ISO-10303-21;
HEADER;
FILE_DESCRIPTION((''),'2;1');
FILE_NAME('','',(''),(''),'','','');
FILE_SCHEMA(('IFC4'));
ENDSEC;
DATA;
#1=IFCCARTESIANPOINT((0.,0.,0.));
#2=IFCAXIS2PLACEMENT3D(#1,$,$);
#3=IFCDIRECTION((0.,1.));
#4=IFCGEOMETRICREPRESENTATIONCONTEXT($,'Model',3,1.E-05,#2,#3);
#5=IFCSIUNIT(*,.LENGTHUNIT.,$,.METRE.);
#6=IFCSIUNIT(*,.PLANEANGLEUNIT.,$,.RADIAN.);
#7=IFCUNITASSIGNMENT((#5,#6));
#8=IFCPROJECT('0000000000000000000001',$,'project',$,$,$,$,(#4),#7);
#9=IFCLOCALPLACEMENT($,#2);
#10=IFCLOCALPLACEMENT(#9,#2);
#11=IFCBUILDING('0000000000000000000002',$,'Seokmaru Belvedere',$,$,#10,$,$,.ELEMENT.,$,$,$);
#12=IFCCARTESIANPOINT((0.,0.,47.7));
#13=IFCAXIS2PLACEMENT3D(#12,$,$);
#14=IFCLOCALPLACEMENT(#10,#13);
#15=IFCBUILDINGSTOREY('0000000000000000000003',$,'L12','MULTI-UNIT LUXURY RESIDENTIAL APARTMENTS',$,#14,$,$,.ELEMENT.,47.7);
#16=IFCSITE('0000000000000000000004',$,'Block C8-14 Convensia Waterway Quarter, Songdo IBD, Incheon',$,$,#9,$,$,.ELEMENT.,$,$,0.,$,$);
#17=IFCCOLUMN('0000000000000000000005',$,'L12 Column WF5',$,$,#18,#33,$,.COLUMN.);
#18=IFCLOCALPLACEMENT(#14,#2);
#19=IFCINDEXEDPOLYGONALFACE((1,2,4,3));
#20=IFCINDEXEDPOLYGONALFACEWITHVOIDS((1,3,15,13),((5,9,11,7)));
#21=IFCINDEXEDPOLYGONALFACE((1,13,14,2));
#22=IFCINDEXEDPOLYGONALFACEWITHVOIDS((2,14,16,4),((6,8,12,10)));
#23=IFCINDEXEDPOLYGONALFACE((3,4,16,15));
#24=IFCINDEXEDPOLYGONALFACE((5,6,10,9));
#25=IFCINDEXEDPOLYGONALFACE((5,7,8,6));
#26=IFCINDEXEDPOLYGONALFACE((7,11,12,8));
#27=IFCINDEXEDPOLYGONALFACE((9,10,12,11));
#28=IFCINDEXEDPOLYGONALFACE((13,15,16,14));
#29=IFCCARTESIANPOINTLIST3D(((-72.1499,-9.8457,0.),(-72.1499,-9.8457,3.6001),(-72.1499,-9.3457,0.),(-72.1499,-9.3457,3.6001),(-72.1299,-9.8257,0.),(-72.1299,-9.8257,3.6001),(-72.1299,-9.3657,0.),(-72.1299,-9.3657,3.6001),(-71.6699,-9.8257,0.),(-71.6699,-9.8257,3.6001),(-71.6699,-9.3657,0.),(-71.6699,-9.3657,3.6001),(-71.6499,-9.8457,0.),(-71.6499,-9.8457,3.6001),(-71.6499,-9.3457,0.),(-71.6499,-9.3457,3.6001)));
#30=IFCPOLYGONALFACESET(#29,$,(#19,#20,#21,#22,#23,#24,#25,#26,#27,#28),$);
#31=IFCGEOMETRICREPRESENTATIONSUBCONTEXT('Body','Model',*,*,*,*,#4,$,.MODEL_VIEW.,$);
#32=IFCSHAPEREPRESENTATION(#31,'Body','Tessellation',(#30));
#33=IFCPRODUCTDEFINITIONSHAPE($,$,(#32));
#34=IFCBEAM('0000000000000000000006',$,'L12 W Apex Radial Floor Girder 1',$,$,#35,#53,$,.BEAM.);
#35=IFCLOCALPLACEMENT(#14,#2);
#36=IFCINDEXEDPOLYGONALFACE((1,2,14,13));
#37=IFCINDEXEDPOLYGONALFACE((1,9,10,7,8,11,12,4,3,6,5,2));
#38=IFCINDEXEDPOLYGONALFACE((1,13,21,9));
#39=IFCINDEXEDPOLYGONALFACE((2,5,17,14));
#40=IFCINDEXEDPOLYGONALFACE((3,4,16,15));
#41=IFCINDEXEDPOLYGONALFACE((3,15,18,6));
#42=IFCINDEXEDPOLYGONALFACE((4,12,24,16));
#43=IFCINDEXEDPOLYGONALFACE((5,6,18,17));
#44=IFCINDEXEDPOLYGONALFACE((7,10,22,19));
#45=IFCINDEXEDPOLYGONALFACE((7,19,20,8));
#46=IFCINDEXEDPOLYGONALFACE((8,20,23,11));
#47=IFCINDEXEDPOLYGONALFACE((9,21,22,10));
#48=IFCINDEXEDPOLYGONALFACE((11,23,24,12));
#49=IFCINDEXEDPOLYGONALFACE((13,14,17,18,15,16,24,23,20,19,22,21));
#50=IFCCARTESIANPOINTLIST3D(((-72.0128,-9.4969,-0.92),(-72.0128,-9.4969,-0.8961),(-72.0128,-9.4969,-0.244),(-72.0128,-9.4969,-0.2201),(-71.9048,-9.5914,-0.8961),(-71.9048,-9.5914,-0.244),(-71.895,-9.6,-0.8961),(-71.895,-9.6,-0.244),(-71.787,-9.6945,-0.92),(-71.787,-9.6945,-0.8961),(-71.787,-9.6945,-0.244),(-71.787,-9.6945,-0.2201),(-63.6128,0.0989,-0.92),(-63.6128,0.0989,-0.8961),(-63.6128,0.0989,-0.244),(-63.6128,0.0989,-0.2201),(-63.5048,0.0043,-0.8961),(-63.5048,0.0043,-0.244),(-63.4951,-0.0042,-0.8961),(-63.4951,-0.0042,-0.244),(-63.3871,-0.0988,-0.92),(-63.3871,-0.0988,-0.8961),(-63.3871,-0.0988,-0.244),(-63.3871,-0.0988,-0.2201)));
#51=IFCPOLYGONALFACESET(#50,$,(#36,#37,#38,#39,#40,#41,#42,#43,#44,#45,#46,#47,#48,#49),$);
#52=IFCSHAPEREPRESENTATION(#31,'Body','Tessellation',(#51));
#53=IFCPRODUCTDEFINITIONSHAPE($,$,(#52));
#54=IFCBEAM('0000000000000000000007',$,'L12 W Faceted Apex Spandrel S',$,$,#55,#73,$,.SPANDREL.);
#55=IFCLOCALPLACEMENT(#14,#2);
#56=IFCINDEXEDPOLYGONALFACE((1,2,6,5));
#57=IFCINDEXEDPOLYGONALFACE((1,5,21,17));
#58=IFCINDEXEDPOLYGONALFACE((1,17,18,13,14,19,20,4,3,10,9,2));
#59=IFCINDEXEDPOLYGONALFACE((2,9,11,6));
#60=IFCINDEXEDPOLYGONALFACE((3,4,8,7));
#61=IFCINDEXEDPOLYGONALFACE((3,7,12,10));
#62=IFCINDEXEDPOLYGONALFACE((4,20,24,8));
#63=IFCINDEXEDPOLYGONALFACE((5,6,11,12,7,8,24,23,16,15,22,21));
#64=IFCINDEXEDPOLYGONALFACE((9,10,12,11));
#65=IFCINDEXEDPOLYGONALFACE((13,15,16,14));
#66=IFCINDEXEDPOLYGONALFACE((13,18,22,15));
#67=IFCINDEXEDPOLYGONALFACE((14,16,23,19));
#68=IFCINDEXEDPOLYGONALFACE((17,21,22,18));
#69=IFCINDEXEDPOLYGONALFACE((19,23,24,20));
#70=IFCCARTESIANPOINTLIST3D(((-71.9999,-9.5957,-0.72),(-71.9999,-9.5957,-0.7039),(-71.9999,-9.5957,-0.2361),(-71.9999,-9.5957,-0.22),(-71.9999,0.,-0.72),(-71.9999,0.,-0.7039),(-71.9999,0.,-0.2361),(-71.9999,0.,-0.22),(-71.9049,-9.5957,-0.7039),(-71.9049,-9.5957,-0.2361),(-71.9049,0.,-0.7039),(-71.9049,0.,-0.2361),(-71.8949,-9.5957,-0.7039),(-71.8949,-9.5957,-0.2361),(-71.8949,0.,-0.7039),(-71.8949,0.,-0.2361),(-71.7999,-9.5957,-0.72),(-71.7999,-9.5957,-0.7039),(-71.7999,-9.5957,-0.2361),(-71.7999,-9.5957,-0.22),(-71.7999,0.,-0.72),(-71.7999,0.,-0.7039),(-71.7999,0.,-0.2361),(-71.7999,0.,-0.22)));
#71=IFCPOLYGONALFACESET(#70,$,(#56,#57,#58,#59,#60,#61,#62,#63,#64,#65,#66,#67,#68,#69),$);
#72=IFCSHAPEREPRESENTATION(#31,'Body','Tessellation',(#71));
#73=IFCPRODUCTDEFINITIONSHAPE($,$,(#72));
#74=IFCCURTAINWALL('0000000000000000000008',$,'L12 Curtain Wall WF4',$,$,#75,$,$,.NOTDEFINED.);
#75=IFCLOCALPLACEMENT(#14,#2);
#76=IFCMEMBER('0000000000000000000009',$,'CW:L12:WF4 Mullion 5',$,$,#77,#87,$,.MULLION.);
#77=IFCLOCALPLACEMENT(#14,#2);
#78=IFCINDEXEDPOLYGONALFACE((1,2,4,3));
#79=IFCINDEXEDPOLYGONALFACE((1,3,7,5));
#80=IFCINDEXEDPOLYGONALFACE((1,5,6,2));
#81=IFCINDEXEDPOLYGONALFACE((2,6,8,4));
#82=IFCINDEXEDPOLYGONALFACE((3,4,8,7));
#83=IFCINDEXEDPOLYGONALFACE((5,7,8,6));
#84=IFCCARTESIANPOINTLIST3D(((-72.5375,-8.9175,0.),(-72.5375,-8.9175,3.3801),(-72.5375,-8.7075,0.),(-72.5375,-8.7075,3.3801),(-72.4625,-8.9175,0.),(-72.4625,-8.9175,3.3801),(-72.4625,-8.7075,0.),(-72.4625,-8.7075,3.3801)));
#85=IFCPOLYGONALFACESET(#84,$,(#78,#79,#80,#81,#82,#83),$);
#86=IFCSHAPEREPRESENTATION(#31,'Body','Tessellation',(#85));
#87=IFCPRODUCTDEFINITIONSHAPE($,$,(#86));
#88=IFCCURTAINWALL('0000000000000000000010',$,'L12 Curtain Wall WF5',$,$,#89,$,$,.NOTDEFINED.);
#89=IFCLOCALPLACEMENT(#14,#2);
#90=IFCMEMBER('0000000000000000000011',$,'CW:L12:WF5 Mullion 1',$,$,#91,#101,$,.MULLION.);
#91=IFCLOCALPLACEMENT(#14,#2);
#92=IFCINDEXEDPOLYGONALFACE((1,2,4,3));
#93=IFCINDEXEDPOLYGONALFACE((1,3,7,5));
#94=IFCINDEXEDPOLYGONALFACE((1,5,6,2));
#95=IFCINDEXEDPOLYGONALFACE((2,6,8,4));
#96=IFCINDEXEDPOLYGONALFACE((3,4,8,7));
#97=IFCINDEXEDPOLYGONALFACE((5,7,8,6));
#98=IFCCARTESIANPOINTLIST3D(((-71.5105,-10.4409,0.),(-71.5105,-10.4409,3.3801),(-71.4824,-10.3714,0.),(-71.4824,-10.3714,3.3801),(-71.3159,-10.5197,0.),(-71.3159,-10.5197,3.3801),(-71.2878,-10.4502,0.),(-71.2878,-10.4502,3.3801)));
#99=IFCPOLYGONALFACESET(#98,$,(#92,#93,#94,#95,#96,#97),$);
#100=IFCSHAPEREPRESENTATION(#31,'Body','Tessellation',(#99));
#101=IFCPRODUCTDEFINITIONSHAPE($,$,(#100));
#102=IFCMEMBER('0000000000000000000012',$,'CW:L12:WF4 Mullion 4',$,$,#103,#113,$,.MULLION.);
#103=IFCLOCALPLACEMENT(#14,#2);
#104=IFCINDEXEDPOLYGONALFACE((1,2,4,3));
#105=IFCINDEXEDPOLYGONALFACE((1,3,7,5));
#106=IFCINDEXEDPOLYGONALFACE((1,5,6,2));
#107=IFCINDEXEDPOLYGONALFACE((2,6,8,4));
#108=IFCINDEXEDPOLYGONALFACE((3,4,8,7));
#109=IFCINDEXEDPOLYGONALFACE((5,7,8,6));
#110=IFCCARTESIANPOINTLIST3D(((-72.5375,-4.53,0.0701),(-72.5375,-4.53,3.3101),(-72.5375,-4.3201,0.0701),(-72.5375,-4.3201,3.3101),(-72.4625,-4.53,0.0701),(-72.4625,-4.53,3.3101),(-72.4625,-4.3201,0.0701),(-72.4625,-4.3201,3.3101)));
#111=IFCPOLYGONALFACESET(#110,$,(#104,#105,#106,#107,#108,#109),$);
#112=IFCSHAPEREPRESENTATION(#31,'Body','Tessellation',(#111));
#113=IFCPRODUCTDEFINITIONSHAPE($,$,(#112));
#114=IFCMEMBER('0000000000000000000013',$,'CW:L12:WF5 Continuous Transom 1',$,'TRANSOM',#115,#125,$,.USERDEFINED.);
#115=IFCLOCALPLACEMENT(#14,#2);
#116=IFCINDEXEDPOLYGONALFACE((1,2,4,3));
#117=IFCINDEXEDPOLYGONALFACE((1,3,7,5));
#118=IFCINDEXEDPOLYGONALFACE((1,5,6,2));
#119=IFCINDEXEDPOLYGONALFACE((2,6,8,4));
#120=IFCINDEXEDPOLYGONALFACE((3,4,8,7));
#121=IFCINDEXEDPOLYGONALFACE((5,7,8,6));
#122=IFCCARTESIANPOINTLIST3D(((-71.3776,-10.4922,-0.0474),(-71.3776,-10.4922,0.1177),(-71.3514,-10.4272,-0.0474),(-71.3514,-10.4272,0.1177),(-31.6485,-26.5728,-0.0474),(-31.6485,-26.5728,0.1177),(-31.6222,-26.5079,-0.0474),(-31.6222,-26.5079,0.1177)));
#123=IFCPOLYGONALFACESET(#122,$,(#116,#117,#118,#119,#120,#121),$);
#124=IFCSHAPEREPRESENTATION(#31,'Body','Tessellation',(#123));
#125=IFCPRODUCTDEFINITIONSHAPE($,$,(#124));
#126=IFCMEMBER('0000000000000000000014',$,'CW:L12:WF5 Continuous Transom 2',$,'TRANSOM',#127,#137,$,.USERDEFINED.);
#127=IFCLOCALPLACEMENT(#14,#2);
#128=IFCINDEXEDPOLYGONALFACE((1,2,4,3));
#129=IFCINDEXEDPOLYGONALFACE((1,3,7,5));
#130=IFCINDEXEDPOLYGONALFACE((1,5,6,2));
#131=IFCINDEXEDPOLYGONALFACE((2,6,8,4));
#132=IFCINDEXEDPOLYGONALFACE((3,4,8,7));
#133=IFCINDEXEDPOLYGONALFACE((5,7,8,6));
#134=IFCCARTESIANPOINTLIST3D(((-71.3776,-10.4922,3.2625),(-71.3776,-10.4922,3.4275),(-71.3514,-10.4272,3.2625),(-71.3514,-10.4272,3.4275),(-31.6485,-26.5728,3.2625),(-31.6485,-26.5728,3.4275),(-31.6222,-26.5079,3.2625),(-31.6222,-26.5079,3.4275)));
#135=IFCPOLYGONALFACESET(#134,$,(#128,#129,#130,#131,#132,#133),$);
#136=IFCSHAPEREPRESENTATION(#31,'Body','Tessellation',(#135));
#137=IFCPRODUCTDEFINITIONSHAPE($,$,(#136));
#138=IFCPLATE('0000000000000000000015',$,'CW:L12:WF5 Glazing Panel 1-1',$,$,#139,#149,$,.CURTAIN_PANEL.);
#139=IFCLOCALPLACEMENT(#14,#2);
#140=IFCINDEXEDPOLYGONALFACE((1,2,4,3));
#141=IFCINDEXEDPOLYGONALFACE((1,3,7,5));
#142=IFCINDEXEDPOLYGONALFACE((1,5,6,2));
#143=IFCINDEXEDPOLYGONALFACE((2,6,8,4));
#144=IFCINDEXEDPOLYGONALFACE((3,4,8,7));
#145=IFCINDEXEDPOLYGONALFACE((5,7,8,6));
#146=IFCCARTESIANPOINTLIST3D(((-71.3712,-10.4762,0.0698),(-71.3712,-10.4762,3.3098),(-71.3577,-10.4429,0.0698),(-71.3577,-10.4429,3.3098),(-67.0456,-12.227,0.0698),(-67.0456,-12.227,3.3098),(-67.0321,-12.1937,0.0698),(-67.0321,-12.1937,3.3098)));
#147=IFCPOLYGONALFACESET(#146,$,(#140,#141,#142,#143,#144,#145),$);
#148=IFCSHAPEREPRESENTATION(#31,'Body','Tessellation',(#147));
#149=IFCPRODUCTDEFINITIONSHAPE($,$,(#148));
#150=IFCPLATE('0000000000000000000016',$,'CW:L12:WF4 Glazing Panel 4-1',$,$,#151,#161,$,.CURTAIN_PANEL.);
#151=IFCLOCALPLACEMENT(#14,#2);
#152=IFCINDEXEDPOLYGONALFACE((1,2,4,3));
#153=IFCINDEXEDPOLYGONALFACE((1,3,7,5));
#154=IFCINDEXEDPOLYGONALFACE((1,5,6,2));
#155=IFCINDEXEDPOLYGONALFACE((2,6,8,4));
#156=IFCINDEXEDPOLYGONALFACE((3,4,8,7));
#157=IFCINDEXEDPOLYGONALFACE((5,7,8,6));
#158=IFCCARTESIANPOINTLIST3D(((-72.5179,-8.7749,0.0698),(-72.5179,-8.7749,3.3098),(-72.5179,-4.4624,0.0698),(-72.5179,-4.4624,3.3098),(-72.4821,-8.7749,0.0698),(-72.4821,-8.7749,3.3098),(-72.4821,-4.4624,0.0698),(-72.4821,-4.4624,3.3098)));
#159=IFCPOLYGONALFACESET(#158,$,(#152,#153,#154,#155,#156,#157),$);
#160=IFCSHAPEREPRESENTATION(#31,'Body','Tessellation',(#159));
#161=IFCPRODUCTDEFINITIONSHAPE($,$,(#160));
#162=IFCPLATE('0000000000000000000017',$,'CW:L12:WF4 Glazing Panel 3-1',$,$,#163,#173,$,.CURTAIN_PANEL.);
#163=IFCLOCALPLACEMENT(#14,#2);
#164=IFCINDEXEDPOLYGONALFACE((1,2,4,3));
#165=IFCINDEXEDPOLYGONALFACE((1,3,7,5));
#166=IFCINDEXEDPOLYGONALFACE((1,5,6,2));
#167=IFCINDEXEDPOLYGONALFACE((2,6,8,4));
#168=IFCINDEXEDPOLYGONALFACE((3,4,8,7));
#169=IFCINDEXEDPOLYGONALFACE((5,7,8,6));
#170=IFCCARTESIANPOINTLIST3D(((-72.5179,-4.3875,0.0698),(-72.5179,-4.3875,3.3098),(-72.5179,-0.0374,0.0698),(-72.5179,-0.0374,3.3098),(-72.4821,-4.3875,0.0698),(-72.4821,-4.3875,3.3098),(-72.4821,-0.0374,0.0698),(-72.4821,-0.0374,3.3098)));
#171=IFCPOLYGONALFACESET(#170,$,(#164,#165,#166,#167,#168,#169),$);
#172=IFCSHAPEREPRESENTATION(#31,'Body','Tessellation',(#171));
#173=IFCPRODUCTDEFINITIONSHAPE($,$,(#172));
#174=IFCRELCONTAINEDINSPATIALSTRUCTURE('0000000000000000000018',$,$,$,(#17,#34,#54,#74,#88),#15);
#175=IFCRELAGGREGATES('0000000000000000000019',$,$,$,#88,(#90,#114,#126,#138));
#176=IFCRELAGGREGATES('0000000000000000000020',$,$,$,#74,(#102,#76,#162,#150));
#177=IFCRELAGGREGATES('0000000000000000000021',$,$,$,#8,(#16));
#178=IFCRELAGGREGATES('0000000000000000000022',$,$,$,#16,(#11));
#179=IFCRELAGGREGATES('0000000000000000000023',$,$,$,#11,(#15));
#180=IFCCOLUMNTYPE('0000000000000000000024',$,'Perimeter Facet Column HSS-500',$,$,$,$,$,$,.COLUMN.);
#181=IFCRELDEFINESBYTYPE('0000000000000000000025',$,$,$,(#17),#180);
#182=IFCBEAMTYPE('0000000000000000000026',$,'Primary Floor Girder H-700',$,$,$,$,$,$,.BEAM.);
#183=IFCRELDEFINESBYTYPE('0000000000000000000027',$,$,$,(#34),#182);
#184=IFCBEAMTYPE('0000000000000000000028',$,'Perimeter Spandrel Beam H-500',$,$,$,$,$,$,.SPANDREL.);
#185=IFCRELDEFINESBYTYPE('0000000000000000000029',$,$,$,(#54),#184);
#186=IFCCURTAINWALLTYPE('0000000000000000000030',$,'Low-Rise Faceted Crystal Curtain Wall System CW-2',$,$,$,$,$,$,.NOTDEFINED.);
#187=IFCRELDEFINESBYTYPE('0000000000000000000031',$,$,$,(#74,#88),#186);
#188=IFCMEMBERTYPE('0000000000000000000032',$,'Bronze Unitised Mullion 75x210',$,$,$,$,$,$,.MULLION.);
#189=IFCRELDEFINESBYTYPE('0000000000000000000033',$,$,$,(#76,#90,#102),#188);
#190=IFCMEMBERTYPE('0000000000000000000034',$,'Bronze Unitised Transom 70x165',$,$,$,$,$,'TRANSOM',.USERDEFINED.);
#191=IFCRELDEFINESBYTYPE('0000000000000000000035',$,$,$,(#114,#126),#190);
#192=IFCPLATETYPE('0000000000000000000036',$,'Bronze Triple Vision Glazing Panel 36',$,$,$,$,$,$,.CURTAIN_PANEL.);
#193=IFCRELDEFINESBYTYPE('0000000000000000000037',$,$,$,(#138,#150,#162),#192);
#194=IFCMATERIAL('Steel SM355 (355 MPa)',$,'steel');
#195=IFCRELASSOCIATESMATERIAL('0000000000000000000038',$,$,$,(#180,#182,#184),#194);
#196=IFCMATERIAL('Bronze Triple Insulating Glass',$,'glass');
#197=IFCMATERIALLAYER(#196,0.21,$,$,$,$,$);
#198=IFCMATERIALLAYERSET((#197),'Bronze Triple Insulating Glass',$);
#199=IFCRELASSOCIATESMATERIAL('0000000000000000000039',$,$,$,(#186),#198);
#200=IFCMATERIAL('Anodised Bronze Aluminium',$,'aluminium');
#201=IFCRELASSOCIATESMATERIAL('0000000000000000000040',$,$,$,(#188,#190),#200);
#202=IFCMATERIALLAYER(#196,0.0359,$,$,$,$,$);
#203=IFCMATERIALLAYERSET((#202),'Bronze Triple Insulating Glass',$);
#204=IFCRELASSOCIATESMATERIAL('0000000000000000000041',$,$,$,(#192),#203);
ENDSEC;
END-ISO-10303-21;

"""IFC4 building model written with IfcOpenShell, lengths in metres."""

from ifc_helpers import new_model, si_unit, direction, frame, origin, origin_2d, place, context, subcontext, project, spatial, rectangle, hollow_rectangle, i_section, extrude, source, transform, mapped, material, layer, layer_set, material_profile, profile_set, type_object, type_shapes, element, aggregate, save


model = new_model("IFC4")

# Units and contexts
model_context = context("Model", 3, precision=1e-05, world=origin(), true_north=direction((0.0, 1.0)))
body_context = subcontext(model_context, "Body", "Model", "MODEL_VIEW")
ifc_project = project(units=[si_unit("LENGTHUNIT", "METRE"), si_unit("PLANEANGLEUNIT", "RADIAN")], contexts=[model_context])

# Site, building, storey
site_placement = place(None, origin())
site = spatial("IfcSite", under=ifc_project, at=site_placement, Name="Block C8-14 Convensia Waterway Quarter, Songdo IBD, Incheon", CompositionType="ELEMENT", RefElevation=0.0)
building_placement = place(site_placement, origin())
building = spatial("IfcBuilding", under=site, at=building_placement, Name="Seokmaru Belvedere", CompositionType="ELEMENT")
storey_placement = place(building_placement, frame((0.0, 0.0, 47.7)))
storey = spatial("IfcBuildingStorey", under=building, at=storey_placement, Name="L12", Description="MULTI-UNIT LUXURY RESIDENTIAL APARTMENTS", CompositionType="ELEMENT", Elevation=47.7)

# Column
ifc_material_1 = material(Name="Steel SM355 (355 MPa)", Category="steel")
ifc_material_profile_1 = material_profile(ifc_material_1, hollow_rectangle(XDim=0.5, YDim=0.5, WallThickness=0.02, at=origin_2d()), Name="HSS-500x500x20")
ifc_profile_set_1 = profile_set([ifc_material_profile_1], Name="Steel SM355 (355 MPa)")
column_type = type_object("IfcColumnType", Name="Perimeter Facet Column HSS-500", PredefinedType="COLUMN", material=ifc_profile_set_1)
shared_shape_1 = source(origin(), body_context, "Body", "SweptSolid", [
    extrude(hollow_rectangle(XDim=0.5, YDim=0.5, WallThickness=0.02, at=origin_2d()), origin(), (0.0, 0.0, 1.0), 3.6001),
])
type_shapes(column_type, [shared_shape_1])
column_placement = place(storey_placement, frame((-71.8999, -9.5957, 0.0), z_axis=(0.0, 0.0, 1.0), x_axis=(1.0, 0.0, 0.0)))
element("IfcColumn", 1, at=column_placement, inside=storey, type_object=column_type, Name="L12 Column WF5", PredefinedType="COLUMN", context=body_context, shape_type="MappedRepresentation", body=[
    mapped(shared_shape_1, transform((0.0, 0.0, 0.0), scale=1.0)),
])

# Beams
ifc_material_profile_2 = material_profile(ifc_material_1, i_section(OverallWidth=0.3, OverallDepth=0.7, WebThickness=0.0129, FlangeThickness=0.0239, at=origin_2d()), Name="H-700x300x13x24")
ifc_profile_set_2 = profile_set([ifc_material_profile_2], Name="Steel SM355 (355 MPa)")
beam_type_1 = type_object("IfcBeamType", Name="Primary Floor Girder H-700", PredefinedType="BEAM", material=ifc_profile_set_2)
shared_shape_2 = source(origin(), body_context, "Body", "SweptSolid", [
    extrude(i_section(OverallWidth=0.3, OverallDepth=0.7, WebThickness=0.0129, FlangeThickness=0.0239, at=origin_2d()), origin(), (0.0, 0.0, 1.0), 12.7529),
])
type_shapes(beam_type_1, [shared_shape_2])
beam_1_placement = place(storey_placement, frame((-71.8999, -9.5957, -0.5701), z_axis=(0.658667, 0.752434, 0.0), x_axis=(-0.752434, 0.658667, 0.0)))
element("IfcBeam", 2, at=beam_1_placement, inside=storey, type_object=beam_type_1, Name="L12 W Apex Radial Floor Girder 1", PredefinedType="BEAM", context=body_context, shape_type="MappedRepresentation", body=[
    mapped(shared_shape_2, transform((0.0, 0.0, 0.0), scale=1.0)),
])
ifc_material_profile_3 = material_profile(ifc_material_1, i_section(OverallWidth=0.2, OverallDepth=0.5, WebThickness=0.01, FlangeThickness=0.0161, at=origin_2d()), Name="H-500x200x10x16")
ifc_profile_set_3 = profile_set([ifc_material_profile_3], Name="Steel SM355 (355 MPa)")
beam_type_2 = type_object("IfcBeamType", Name="Perimeter Spandrel Beam H-500", PredefinedType="SPANDREL", material=ifc_profile_set_3)
shared_shape_3 = source(origin(), body_context, "Body", "SweptSolid", [
    extrude(i_section(OverallWidth=0.2, OverallDepth=0.5, WebThickness=0.01, FlangeThickness=0.0161, at=origin_2d()), origin(), (0.0, 0.0, 1.0), 9.5957),
])
type_shapes(beam_type_2, [shared_shape_3])
beam_2_placement = place(storey_placement, frame((-71.8999, -9.5957, -0.47), z_axis=(0.0, 1.0, 0.0), x_axis=(-1.0, 0.0, 0.0)))
element("IfcBeam", 3, at=beam_2_placement, inside=storey, type_object=beam_type_2, Name="L12 W Faceted Apex Spandrel S", PredefinedType="SPANDREL", context=body_context, shape_type="MappedRepresentation", body=[
    mapped(shared_shape_3, transform((0.0, 0.0, 0.0), scale=1.0)),
])

# Curtain walls, members
ifc_material_2 = material(Name="Bronze Triple Insulating Glass", Category="glass")
ifc_layer_1 = layer(ifc_material_2, 0.21)
ifc_layer_set_1 = layer_set([ifc_layer_1], Name="Bronze Triple Insulating Glass")
curtain_wall_type = type_object("IfcCurtainWallType", Name="Low-Rise Faceted Crystal Curtain Wall System CW-2", PredefinedType="NOTDEFINED", material=ifc_layer_set_1)
curtain_wall_1_placement = place(storey_placement, origin())
curtain_wall_1 = element("IfcCurtainWall", 4, at=curtain_wall_1_placement, inside=storey, type_object=curtain_wall_type, Name="L12 Curtain Wall WF4", PredefinedType="NOTDEFINED")
ifc_material_3 = material(Name="Anodised Bronze Aluminium", Category="aluminium")
ifc_material_profile_4 = material_profile(ifc_material_3, rectangle(XDim=0.075, YDim=0.21, at=origin_2d()), Name="CW-M-75x210")
ifc_profile_set_4 = profile_set([ifc_material_profile_4], Name="Anodised Bronze Aluminium")
member_type_1 = type_object("IfcMemberType", Name="Bronze Unitised Mullion 75x210", PredefinedType="MULLION", material=ifc_profile_set_4)
shared_shape_4 = source(origin(), body_context, "Body", "SweptSolid", [
    extrude(rectangle(XDim=0.075, YDim=0.21, at=origin_2d()), origin(), (0.0, 0.0, 1.0), 3.3801),
])
member_1_placement = place(storey_placement, frame((-72.5, -8.8125, 0.0), z_axis=(0.0, 0.0, 1.0), x_axis=(1.0, 0.0, 0.0)))
member_1 = element("IfcMember", 5, at=member_1_placement, type_object=member_type_1, Name="CW:L12:WF4 Mullion 5", PredefinedType="MULLION", context=body_context, shape_type="MappedRepresentation", body=[
    mapped(shared_shape_4, transform((0.0, 0.0, 0.0), scale=1.0)),
])
curtain_wall_2_placement = place(storey_placement, origin())
curtain_wall_2 = element("IfcCurtainWall", 6, at=curtain_wall_2_placement, inside=storey, type_object=curtain_wall_type, Name="L12 Curtain Wall WF5", PredefinedType="NOTDEFINED")
member_2_placement = place(storey_placement, frame((-71.3992, -10.4456, 0.0), z_axis=(0.0, 0.0, 1.0), x_axis=(0.375192, 0.926947, 0.0)))
member_2 = element("IfcMember", 7, at=member_2_placement, type_object=member_type_1, Name="CW:L12:WF5 Mullion 1", PredefinedType="MULLION", context=body_context, shape_type="MappedRepresentation", body=[
    mapped(shared_shape_4, transform((0.0, 0.0, 0.0), scale=1.0)),
])

# Members
shared_shape_5 = source(origin(), body_context, "Body", "SweptSolid", [
    extrude(rectangle(XDim=0.075, YDim=0.21, at=origin_2d()), origin(), (0.0, 0.0, 1.0), 3.24),
])
type_shapes(member_type_1, [shared_shape_4, shared_shape_5])
member_3_placement = place(storey_placement, frame((-72.5, -4.425, 0.0701), z_axis=(0.0, 0.0, 1.0), x_axis=(1.0, 0.0, 0.0)))
member_3 = element("IfcMember", 8, at=member_3_placement, type_object=member_type_1, Name="CW:L12:WF4 Mullion 4", PredefinedType="MULLION", context=body_context, shape_type="MappedRepresentation", body=[
    mapped(shared_shape_5, transform((0.0, 0.0, 0.0), scale=1.0)),
])
ifc_material_profile_5 = material_profile(ifc_material_3, rectangle(XDim=0.0701, YDim=0.165, at=origin_2d()), Name="CW-T-70x165")
ifc_profile_set_5 = profile_set([ifc_material_profile_5], Name="Anodised Bronze Aluminium")
member_type_2 = type_object("IfcMemberType", Name="Bronze Unitised Transom 70x165", ElementType="TRANSOM", PredefinedType="USERDEFINED", material=ifc_profile_set_5)
shared_shape_6 = source(origin(), body_context, "Body", "SweptSolid", [
    extrude(rectangle(XDim=0.0701, YDim=0.165, at=origin_2d()), origin(), (0.0, 0.0, 1.0), 42.8601),
])
type_shapes(member_type_2, [shared_shape_6])
member_4_placement = place(storey_placement, frame((-71.3645, -10.4597, 0.0352), z_axis=(0.926949, -0.375188, 0.0), x_axis=(0.375188, 0.926949, 0.0)))
member_4 = element("IfcMember", 9, at=member_4_placement, type_object=member_type_2, Name="CW:L12:WF5 Continuous Transom 1", ObjectType="TRANSOM", PredefinedType="USERDEFINED", context=body_context, shape_type="MappedRepresentation", body=[
    mapped(shared_shape_6, transform((0.0, 0.0, 0.0), scale=1.0)),
])
member_5_placement = place(storey_placement, frame((-71.3645, -10.4597, 3.345), z_axis=(0.926949, -0.375188, 0.0), x_axis=(0.375188, 0.926949, 0.0)))
member_5 = element("IfcMember", 10, at=member_5_placement, type_object=member_type_2, Name="CW:L12:WF5 Continuous Transom 2", ObjectType="TRANSOM", PredefinedType="USERDEFINED", context=body_context, shape_type="MappedRepresentation", body=[
    mapped(shared_shape_6, transform((0.0, 0.0, 0.0), scale=1.0)),
])

# Plates
ifc_layer_2 = layer(ifc_material_2, 0.0359)
ifc_layer_set_2 = layer_set([ifc_layer_2], Name="Bronze Triple Insulating Glass")
plate_type = type_object("IfcPlateType", Name="Bronze Triple Vision Glazing Panel 36", PredefinedType="CURTAIN_PANEL", material=ifc_layer_set_2)
shared_shape_7 = source(origin(), body_context, "Body", "SweptSolid", [
    extrude(rectangle(XDim=4.6665, YDim=0.0359, at=origin_2d()), origin(), (0.0, 0.0, 1.0), 3.24),
])
plate_1_placement = place(storey_placement, frame((-69.2017, -11.335, 0.0698), z_axis=(0.0, 0.0, 1.0), x_axis=(0.926947, -0.375192, 0.0)))
plate_1 = element("IfcPlate", 11, at=plate_1_placement, type_object=plate_type, Name="CW:L12:WF5 Glazing Panel 1-1", PredefinedType="CURTAIN_PANEL", context=body_context, shape_type="MappedRepresentation", body=[
    mapped(shared_shape_7, transform((0.0, 0.0, 0.0), scale=1.0)),
])
aggregate(curtain_wall_2, [member_2, member_4, member_5, plate_1])
shared_shape_8 = source(origin(), body_context, "Body", "SweptSolid", [
    extrude(rectangle(XDim=4.3125, YDim=0.0359, at=origin_2d()), origin(), (0.0, 0.0, 1.0), 3.24),
])
plate_2_placement = place(storey_placement, frame((-72.5, -6.6187, 0.0698), z_axis=(0.0, 0.0, 1.0), x_axis=(0.0, -1.0, 0.0)))
plate_2 = element("IfcPlate", 12, at=plate_2_placement, type_object=plate_type, Name="CW:L12:WF4 Glazing Panel 4-1", PredefinedType="CURTAIN_PANEL", context=body_context, shape_type="MappedRepresentation", body=[
    mapped(shared_shape_8, transform((0.0, 0.0, 0.0), scale=1.0)),
])
shared_shape_9 = source(origin(), body_context, "Body", "SweptSolid", [
    extrude(rectangle(XDim=4.3501, YDim=0.0359, at=origin_2d()), origin(), (0.0, 0.0, 1.0), 3.24),
])
type_shapes(plate_type, [shared_shape_7, shared_shape_8, shared_shape_9])
plate_3_placement = place(storey_placement, frame((-72.5, -2.2124, 0.0698), z_axis=(0.0, 0.0, 1.0), x_axis=(0.0, -1.0, 0.0)))
plate_3 = element("IfcPlate", 13, at=plate_3_placement, type_object=plate_type, Name="CW:L12:WF4 Glazing Panel 3-1", PredefinedType="CURTAIN_PANEL", context=body_context, shape_type="MappedRepresentation", body=[
    mapped(shared_shape_9, transform((0.0, 0.0, 0.0), scale=1.0)),
])
aggregate(curtain_wall_1, [member_3, member_1, plate_3, plate_2])

save(model, "model.ifc")
